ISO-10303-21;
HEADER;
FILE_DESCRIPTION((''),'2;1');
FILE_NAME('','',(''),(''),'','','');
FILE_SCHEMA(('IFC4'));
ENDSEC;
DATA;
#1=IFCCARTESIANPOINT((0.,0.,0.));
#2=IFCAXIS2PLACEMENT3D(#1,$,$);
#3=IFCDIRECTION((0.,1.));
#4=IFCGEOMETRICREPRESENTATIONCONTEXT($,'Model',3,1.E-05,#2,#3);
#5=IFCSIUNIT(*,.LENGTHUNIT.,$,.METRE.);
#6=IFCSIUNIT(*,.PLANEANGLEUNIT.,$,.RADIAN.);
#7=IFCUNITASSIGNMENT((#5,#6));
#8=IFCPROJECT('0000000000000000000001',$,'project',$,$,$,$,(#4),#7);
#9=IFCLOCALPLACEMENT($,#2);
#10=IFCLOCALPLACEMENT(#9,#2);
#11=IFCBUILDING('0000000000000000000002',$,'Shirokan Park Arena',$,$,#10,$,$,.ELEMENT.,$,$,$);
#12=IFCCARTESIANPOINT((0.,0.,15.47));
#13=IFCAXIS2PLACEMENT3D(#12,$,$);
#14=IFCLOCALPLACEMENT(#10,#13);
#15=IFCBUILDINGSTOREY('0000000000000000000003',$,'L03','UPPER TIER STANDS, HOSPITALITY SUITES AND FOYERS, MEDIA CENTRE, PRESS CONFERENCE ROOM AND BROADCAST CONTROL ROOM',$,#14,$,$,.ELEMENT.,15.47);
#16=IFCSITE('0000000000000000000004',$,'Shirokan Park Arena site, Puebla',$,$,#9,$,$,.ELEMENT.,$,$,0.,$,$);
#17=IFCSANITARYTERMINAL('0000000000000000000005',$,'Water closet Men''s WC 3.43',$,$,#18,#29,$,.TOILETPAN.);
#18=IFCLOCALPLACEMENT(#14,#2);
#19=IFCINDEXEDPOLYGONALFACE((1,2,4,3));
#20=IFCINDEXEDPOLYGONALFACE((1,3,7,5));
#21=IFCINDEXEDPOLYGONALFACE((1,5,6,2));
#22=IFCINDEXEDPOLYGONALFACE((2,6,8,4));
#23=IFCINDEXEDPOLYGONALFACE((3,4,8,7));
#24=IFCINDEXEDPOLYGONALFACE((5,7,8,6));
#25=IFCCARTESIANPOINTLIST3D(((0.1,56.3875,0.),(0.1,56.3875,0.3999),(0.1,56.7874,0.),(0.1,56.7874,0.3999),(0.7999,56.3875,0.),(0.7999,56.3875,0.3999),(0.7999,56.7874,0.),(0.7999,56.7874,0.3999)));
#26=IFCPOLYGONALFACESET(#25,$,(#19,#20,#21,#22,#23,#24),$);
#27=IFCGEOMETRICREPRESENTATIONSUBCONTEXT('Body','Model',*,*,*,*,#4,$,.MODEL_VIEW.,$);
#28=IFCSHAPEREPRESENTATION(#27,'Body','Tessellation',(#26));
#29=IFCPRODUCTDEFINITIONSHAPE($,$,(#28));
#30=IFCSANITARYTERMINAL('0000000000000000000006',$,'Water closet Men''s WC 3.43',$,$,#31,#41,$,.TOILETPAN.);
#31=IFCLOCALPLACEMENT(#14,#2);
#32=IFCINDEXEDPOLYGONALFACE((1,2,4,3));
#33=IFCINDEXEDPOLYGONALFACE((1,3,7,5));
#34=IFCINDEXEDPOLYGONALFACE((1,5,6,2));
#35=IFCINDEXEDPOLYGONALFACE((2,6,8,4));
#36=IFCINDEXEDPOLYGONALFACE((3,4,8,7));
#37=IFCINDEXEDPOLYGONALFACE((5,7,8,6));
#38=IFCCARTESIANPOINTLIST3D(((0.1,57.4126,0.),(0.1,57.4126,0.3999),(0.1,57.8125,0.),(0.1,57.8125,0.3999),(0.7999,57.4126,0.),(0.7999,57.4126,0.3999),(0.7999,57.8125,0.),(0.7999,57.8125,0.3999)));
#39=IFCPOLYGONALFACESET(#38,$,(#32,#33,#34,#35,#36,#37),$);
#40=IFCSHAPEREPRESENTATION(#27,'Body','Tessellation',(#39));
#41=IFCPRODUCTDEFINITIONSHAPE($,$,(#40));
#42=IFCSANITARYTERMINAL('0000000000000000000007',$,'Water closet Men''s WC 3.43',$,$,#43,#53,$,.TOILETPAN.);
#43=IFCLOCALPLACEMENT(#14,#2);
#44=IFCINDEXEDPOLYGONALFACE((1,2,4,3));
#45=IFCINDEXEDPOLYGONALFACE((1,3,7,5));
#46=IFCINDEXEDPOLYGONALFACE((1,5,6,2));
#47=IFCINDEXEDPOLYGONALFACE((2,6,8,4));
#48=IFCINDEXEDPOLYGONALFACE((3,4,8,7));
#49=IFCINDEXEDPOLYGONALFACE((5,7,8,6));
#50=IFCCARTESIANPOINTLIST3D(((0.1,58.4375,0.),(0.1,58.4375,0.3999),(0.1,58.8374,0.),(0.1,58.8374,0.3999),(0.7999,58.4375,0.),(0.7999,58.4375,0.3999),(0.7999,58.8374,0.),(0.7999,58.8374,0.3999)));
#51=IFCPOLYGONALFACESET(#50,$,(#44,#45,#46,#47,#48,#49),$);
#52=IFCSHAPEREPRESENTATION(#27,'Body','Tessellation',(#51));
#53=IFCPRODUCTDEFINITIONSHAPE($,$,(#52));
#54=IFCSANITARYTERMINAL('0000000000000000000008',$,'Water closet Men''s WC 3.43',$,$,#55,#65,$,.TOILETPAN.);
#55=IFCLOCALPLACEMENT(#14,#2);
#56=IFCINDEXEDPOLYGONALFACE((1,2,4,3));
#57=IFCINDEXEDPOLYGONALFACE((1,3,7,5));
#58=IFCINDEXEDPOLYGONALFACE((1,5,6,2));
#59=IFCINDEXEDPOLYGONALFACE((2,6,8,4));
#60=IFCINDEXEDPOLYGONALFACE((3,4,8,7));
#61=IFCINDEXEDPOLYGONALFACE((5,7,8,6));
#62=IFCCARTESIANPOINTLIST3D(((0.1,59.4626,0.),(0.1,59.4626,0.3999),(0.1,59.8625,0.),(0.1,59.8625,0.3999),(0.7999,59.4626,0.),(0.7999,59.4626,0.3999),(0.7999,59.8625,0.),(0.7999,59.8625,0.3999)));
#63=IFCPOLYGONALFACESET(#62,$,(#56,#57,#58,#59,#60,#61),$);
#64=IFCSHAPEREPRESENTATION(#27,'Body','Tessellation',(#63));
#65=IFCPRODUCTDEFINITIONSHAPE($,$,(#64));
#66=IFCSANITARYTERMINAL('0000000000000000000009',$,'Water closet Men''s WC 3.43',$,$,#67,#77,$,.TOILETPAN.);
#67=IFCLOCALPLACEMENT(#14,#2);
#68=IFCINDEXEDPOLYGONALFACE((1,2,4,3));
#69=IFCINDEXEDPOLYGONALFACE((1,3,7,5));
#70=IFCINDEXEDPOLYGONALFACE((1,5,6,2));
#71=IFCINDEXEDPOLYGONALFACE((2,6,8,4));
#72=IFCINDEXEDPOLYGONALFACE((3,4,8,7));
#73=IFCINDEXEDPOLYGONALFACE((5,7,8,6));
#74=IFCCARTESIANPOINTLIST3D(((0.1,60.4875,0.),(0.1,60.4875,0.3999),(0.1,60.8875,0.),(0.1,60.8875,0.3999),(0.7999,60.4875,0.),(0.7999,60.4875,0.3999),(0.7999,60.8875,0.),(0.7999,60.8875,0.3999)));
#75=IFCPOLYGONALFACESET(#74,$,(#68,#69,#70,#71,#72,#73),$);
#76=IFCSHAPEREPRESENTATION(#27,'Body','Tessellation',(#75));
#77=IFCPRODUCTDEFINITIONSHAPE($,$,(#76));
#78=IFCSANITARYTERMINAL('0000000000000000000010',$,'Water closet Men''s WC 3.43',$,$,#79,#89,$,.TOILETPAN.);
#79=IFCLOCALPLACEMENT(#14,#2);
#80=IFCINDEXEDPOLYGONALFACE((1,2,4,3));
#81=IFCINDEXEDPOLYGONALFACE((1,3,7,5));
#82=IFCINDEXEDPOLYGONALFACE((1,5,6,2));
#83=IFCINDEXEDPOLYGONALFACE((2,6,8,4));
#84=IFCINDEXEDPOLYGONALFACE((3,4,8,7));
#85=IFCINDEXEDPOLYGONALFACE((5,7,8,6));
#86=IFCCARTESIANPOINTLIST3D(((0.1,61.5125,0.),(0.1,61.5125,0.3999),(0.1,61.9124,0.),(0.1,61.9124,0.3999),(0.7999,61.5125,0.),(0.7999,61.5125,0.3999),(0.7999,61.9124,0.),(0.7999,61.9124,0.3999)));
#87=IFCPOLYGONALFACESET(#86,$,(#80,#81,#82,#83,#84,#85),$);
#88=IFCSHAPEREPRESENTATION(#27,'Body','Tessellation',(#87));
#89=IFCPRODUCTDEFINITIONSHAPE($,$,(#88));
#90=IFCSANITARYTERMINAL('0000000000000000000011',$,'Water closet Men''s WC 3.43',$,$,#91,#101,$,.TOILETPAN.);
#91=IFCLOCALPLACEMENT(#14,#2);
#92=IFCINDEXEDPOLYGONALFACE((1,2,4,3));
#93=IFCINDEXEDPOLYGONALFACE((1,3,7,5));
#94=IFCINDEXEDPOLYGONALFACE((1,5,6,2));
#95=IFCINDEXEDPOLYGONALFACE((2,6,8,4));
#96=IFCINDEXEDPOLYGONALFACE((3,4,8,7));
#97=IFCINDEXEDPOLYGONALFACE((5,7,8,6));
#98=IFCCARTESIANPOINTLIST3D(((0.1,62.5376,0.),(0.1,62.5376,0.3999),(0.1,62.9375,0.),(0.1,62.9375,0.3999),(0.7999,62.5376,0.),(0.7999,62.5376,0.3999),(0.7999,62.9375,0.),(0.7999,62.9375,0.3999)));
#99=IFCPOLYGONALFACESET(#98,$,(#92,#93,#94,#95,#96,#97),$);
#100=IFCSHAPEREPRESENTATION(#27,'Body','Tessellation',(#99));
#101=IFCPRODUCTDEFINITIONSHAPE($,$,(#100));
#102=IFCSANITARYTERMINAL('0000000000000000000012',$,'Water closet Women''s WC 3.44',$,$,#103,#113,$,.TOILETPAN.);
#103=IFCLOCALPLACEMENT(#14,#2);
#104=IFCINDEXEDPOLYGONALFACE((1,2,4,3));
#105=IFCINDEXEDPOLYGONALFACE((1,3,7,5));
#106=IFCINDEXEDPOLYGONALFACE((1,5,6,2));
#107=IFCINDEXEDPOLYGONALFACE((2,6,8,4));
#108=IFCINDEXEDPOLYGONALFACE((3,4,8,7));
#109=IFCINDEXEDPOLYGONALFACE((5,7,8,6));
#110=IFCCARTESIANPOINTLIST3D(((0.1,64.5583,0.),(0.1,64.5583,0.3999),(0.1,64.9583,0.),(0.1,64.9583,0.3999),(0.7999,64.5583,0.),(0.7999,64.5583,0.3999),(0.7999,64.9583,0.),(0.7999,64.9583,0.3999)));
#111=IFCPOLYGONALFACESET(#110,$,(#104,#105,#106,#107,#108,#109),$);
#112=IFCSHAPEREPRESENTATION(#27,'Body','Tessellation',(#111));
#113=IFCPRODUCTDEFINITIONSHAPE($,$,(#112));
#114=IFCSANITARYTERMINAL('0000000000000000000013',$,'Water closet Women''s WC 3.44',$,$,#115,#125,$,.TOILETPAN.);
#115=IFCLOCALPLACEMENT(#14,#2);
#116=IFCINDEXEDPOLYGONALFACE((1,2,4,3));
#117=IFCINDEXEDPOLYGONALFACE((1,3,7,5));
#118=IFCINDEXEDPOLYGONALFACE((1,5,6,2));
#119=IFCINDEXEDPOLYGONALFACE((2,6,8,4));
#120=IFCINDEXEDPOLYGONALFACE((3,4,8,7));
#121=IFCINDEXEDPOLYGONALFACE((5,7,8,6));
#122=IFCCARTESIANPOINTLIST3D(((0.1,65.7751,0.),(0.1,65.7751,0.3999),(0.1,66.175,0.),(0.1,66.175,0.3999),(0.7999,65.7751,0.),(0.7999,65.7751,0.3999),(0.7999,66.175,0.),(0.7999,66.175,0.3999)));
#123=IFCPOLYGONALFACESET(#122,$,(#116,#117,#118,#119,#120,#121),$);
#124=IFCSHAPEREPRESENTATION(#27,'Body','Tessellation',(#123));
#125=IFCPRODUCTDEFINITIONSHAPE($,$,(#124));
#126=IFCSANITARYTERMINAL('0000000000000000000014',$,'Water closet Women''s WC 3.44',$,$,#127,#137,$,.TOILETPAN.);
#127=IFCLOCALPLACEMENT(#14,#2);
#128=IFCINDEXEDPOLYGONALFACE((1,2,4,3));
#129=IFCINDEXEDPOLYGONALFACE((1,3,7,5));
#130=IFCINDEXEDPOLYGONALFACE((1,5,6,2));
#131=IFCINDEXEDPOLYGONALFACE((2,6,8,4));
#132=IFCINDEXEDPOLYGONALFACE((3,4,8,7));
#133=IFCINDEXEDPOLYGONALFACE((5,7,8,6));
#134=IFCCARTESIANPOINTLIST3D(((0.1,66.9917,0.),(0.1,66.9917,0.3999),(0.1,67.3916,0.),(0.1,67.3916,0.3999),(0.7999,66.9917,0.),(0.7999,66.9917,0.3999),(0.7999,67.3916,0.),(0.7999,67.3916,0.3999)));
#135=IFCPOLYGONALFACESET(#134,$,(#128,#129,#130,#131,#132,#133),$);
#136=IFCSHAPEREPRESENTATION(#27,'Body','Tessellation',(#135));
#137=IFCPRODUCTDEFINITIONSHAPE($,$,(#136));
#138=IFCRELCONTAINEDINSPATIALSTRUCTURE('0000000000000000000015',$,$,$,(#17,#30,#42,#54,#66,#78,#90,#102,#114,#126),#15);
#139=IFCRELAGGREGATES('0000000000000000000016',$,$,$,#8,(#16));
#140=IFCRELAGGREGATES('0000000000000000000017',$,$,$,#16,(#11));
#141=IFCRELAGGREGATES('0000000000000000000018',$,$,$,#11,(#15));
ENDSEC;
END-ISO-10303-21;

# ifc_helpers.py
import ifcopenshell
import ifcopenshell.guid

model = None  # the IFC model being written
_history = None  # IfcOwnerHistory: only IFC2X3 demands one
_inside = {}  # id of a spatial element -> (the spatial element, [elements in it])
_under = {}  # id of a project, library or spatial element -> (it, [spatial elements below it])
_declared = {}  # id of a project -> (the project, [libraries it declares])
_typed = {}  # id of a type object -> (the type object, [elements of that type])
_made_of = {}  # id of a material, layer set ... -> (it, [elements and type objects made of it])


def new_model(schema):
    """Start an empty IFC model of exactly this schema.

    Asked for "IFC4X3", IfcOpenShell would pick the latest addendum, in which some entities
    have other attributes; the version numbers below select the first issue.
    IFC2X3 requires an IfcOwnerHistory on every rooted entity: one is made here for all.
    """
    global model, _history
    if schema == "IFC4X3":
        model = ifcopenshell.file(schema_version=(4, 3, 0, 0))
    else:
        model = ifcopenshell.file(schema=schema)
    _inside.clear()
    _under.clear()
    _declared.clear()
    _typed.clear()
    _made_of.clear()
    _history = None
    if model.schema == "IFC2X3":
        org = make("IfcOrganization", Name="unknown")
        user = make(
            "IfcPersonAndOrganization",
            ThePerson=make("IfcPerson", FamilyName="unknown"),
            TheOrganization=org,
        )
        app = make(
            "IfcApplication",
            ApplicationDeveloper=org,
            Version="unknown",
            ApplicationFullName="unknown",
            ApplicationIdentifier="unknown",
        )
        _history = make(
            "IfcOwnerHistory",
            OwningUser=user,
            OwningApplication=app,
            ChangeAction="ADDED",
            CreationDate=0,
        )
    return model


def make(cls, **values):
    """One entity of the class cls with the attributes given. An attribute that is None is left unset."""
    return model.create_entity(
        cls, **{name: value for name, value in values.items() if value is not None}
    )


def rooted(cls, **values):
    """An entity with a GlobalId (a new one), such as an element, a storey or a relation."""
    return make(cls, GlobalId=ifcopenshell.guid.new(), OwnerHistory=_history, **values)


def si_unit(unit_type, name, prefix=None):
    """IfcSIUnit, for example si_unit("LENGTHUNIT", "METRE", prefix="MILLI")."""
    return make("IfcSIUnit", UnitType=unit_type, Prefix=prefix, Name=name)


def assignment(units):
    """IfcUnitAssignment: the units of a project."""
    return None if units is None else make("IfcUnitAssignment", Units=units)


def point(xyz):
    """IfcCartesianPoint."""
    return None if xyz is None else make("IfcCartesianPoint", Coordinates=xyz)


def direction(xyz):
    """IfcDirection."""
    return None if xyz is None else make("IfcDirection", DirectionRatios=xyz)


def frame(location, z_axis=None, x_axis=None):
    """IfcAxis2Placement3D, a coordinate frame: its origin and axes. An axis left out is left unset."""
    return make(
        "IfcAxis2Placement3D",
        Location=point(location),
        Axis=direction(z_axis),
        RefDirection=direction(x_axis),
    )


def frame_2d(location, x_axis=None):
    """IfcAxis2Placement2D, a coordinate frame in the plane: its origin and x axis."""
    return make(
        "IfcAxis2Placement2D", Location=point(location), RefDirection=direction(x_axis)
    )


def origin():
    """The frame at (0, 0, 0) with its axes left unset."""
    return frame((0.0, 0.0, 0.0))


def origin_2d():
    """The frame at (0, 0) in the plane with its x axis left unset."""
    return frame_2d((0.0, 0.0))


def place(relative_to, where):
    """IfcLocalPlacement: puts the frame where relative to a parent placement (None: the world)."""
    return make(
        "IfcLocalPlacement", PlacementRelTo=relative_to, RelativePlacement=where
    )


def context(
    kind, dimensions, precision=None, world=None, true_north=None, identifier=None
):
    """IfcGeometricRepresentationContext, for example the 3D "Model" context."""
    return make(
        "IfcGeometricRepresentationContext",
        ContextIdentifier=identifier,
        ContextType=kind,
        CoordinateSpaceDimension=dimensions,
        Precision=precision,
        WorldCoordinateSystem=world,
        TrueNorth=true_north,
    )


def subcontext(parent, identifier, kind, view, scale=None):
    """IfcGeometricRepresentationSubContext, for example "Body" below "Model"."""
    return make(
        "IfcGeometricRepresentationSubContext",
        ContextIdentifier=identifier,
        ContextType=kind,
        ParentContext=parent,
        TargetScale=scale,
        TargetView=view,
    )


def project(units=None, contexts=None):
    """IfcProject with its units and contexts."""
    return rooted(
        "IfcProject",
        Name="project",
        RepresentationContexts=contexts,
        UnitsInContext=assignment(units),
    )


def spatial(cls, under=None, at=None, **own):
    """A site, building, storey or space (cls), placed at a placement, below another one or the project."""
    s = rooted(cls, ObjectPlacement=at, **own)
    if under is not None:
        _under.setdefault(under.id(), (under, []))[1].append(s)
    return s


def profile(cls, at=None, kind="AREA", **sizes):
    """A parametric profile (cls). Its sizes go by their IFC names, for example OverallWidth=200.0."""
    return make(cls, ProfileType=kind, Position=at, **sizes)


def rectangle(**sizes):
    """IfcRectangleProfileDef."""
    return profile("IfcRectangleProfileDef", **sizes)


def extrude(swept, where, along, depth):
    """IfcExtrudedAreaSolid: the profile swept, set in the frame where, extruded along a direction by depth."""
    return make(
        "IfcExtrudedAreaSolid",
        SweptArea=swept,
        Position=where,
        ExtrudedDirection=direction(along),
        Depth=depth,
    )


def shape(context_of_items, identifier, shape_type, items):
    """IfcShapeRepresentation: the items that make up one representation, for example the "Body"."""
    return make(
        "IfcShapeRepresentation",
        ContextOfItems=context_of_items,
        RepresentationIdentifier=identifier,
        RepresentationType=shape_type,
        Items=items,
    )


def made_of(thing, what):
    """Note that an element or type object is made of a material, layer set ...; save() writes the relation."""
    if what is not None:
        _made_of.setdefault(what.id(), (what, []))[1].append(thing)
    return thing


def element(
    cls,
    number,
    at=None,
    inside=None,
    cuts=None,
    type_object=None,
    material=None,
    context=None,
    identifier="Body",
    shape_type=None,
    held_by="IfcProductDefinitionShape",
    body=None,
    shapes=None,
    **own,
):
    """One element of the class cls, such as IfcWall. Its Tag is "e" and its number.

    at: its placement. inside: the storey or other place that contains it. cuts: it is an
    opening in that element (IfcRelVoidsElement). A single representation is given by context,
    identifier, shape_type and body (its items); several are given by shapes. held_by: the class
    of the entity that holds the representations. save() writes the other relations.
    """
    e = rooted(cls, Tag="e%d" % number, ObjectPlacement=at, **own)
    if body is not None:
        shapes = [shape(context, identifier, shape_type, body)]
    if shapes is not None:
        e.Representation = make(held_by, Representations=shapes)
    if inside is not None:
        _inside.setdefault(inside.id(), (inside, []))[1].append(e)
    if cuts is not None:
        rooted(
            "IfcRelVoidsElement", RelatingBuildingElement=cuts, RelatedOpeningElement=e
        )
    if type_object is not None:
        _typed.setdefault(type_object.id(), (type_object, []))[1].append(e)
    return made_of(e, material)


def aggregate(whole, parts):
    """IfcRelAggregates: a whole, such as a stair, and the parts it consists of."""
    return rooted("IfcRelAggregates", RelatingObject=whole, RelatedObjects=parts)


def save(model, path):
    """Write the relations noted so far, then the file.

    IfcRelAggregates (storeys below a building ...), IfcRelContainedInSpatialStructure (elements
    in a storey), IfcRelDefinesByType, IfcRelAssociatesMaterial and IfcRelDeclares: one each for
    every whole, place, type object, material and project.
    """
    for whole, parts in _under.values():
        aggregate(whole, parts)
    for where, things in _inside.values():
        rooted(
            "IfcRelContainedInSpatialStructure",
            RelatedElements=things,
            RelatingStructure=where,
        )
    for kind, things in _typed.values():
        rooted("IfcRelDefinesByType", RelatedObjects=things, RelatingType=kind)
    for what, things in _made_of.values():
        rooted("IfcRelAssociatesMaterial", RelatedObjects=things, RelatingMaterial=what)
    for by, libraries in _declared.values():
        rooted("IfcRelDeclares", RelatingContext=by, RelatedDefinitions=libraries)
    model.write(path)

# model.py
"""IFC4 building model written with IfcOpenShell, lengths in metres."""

from ifc_helpers import new_model, si_unit, direction, frame, origin, origin_2d, place, context, subcontext, project, spatial, rectangle, extrude, element, save


model = new_model("IFC4")

# Units and contexts
model_context = context("Model", 3, precision=1e-05, world=origin(), true_north=direction((0.0, 1.0)))
body_context = subcontext(model_context, "Body", "Model", "MODEL_VIEW")
ifc_project = project(units=[si_unit("LENGTHUNIT", "METRE"), si_unit("PLANEANGLEUNIT", "RADIAN")], contexts=[model_context])

# Site, building, storey
site_placement = place(None, origin())
site = spatial("IfcSite", under=ifc_project, at=site_placement, Name="Shirokan Park Arena site, Puebla", CompositionType="ELEMENT", RefElevation=0.0)
building_placement = place(site_placement, origin())
building = spatial("IfcBuilding", under=site, at=building_placement, Name="Shirokan Park Arena", CompositionType="ELEMENT")
storey_placement = place(building_placement, frame((0.0, 0.0, 15.47)))
storey = spatial("IfcBuildingStorey", under=building, at=storey_placement, Name="L03", Description="UPPER TIER STANDS, HOSPITALITY SUITES AND FOYERS, MEDIA CENTRE, PRESS CONFERENCE ROOM AND BROADCAST CONTROL ROOM", CompositionType="ELEMENT", Elevation=15.47)

# Sanitary terminals
for number, where, z_axis, x_axis, name in (
    (1, (0.45, 56.5874, 0.0), (0.0, 0.0, 1.0), (1.0, 0.0, 0.0), "Water closet Men's WC 3.43"),
    (2, (0.45, 57.6125, 0.0), (0.0, 0.0, 1.0), (1.0, 0.0, 0.0), "Water closet Men's WC 3.43"),
    (3, (0.45, 58.6375, 0.0), (0.0, 0.0, 1.0), (1.0, 0.0, 0.0), "Water closet Men's WC 3.43"),
    (4, (0.45, 59.6626, 0.0), (0.0, 0.0, 1.0), (1.0, 0.0, 0.0), "Water closet Men's WC 3.43"),
    (5, (0.45, 60.6875, 0.0), (0.0, 0.0, 1.0), (1.0, 0.0, 0.0), "Water closet Men's WC 3.43"),
    (6, (0.45, 61.7124, 0.0), (0.0, 0.0, 1.0), (1.0, 0.0, 0.0), "Water closet Men's WC 3.43"),
    (7, (0.45, 62.7375, 0.0), (0.0, 0.0, 1.0), (1.0, 0.0, 0.0), "Water closet Men's WC 3.43"),
    (8, (0.45, 64.7583, 0.0), (0.0, 0.0, 1.0), (1.0, 0.0, 0.0), "Water closet Women's WC 3.44"),
    (9, (0.45, 65.9751, 0.0), (0.0, 0.0, 1.0), (1.0, 0.0, 0.0), "Water closet Women's WC 3.44"),
    (10, (0.45, 67.1917, 0.0), (0.0, 0.0, 1.0), (1.0, 0.0, 0.0), "Water closet Women's WC 3.44"),
):
    element("IfcSanitaryTerminal", number, at=place(storey_placement, frame(where, z_axis=z_axis, x_axis=x_axis)), inside=storey, Name=name, PredefinedType="TOILETPAN", context=body_context, shape_type="SweptSolid", body=[
        extrude(rectangle(XDim=0.7, YDim=0.3999, at=origin_2d()), origin(), (0.0, 0.0, 1.0), 0.3999),
    ])

save(model, "model.ifc")
